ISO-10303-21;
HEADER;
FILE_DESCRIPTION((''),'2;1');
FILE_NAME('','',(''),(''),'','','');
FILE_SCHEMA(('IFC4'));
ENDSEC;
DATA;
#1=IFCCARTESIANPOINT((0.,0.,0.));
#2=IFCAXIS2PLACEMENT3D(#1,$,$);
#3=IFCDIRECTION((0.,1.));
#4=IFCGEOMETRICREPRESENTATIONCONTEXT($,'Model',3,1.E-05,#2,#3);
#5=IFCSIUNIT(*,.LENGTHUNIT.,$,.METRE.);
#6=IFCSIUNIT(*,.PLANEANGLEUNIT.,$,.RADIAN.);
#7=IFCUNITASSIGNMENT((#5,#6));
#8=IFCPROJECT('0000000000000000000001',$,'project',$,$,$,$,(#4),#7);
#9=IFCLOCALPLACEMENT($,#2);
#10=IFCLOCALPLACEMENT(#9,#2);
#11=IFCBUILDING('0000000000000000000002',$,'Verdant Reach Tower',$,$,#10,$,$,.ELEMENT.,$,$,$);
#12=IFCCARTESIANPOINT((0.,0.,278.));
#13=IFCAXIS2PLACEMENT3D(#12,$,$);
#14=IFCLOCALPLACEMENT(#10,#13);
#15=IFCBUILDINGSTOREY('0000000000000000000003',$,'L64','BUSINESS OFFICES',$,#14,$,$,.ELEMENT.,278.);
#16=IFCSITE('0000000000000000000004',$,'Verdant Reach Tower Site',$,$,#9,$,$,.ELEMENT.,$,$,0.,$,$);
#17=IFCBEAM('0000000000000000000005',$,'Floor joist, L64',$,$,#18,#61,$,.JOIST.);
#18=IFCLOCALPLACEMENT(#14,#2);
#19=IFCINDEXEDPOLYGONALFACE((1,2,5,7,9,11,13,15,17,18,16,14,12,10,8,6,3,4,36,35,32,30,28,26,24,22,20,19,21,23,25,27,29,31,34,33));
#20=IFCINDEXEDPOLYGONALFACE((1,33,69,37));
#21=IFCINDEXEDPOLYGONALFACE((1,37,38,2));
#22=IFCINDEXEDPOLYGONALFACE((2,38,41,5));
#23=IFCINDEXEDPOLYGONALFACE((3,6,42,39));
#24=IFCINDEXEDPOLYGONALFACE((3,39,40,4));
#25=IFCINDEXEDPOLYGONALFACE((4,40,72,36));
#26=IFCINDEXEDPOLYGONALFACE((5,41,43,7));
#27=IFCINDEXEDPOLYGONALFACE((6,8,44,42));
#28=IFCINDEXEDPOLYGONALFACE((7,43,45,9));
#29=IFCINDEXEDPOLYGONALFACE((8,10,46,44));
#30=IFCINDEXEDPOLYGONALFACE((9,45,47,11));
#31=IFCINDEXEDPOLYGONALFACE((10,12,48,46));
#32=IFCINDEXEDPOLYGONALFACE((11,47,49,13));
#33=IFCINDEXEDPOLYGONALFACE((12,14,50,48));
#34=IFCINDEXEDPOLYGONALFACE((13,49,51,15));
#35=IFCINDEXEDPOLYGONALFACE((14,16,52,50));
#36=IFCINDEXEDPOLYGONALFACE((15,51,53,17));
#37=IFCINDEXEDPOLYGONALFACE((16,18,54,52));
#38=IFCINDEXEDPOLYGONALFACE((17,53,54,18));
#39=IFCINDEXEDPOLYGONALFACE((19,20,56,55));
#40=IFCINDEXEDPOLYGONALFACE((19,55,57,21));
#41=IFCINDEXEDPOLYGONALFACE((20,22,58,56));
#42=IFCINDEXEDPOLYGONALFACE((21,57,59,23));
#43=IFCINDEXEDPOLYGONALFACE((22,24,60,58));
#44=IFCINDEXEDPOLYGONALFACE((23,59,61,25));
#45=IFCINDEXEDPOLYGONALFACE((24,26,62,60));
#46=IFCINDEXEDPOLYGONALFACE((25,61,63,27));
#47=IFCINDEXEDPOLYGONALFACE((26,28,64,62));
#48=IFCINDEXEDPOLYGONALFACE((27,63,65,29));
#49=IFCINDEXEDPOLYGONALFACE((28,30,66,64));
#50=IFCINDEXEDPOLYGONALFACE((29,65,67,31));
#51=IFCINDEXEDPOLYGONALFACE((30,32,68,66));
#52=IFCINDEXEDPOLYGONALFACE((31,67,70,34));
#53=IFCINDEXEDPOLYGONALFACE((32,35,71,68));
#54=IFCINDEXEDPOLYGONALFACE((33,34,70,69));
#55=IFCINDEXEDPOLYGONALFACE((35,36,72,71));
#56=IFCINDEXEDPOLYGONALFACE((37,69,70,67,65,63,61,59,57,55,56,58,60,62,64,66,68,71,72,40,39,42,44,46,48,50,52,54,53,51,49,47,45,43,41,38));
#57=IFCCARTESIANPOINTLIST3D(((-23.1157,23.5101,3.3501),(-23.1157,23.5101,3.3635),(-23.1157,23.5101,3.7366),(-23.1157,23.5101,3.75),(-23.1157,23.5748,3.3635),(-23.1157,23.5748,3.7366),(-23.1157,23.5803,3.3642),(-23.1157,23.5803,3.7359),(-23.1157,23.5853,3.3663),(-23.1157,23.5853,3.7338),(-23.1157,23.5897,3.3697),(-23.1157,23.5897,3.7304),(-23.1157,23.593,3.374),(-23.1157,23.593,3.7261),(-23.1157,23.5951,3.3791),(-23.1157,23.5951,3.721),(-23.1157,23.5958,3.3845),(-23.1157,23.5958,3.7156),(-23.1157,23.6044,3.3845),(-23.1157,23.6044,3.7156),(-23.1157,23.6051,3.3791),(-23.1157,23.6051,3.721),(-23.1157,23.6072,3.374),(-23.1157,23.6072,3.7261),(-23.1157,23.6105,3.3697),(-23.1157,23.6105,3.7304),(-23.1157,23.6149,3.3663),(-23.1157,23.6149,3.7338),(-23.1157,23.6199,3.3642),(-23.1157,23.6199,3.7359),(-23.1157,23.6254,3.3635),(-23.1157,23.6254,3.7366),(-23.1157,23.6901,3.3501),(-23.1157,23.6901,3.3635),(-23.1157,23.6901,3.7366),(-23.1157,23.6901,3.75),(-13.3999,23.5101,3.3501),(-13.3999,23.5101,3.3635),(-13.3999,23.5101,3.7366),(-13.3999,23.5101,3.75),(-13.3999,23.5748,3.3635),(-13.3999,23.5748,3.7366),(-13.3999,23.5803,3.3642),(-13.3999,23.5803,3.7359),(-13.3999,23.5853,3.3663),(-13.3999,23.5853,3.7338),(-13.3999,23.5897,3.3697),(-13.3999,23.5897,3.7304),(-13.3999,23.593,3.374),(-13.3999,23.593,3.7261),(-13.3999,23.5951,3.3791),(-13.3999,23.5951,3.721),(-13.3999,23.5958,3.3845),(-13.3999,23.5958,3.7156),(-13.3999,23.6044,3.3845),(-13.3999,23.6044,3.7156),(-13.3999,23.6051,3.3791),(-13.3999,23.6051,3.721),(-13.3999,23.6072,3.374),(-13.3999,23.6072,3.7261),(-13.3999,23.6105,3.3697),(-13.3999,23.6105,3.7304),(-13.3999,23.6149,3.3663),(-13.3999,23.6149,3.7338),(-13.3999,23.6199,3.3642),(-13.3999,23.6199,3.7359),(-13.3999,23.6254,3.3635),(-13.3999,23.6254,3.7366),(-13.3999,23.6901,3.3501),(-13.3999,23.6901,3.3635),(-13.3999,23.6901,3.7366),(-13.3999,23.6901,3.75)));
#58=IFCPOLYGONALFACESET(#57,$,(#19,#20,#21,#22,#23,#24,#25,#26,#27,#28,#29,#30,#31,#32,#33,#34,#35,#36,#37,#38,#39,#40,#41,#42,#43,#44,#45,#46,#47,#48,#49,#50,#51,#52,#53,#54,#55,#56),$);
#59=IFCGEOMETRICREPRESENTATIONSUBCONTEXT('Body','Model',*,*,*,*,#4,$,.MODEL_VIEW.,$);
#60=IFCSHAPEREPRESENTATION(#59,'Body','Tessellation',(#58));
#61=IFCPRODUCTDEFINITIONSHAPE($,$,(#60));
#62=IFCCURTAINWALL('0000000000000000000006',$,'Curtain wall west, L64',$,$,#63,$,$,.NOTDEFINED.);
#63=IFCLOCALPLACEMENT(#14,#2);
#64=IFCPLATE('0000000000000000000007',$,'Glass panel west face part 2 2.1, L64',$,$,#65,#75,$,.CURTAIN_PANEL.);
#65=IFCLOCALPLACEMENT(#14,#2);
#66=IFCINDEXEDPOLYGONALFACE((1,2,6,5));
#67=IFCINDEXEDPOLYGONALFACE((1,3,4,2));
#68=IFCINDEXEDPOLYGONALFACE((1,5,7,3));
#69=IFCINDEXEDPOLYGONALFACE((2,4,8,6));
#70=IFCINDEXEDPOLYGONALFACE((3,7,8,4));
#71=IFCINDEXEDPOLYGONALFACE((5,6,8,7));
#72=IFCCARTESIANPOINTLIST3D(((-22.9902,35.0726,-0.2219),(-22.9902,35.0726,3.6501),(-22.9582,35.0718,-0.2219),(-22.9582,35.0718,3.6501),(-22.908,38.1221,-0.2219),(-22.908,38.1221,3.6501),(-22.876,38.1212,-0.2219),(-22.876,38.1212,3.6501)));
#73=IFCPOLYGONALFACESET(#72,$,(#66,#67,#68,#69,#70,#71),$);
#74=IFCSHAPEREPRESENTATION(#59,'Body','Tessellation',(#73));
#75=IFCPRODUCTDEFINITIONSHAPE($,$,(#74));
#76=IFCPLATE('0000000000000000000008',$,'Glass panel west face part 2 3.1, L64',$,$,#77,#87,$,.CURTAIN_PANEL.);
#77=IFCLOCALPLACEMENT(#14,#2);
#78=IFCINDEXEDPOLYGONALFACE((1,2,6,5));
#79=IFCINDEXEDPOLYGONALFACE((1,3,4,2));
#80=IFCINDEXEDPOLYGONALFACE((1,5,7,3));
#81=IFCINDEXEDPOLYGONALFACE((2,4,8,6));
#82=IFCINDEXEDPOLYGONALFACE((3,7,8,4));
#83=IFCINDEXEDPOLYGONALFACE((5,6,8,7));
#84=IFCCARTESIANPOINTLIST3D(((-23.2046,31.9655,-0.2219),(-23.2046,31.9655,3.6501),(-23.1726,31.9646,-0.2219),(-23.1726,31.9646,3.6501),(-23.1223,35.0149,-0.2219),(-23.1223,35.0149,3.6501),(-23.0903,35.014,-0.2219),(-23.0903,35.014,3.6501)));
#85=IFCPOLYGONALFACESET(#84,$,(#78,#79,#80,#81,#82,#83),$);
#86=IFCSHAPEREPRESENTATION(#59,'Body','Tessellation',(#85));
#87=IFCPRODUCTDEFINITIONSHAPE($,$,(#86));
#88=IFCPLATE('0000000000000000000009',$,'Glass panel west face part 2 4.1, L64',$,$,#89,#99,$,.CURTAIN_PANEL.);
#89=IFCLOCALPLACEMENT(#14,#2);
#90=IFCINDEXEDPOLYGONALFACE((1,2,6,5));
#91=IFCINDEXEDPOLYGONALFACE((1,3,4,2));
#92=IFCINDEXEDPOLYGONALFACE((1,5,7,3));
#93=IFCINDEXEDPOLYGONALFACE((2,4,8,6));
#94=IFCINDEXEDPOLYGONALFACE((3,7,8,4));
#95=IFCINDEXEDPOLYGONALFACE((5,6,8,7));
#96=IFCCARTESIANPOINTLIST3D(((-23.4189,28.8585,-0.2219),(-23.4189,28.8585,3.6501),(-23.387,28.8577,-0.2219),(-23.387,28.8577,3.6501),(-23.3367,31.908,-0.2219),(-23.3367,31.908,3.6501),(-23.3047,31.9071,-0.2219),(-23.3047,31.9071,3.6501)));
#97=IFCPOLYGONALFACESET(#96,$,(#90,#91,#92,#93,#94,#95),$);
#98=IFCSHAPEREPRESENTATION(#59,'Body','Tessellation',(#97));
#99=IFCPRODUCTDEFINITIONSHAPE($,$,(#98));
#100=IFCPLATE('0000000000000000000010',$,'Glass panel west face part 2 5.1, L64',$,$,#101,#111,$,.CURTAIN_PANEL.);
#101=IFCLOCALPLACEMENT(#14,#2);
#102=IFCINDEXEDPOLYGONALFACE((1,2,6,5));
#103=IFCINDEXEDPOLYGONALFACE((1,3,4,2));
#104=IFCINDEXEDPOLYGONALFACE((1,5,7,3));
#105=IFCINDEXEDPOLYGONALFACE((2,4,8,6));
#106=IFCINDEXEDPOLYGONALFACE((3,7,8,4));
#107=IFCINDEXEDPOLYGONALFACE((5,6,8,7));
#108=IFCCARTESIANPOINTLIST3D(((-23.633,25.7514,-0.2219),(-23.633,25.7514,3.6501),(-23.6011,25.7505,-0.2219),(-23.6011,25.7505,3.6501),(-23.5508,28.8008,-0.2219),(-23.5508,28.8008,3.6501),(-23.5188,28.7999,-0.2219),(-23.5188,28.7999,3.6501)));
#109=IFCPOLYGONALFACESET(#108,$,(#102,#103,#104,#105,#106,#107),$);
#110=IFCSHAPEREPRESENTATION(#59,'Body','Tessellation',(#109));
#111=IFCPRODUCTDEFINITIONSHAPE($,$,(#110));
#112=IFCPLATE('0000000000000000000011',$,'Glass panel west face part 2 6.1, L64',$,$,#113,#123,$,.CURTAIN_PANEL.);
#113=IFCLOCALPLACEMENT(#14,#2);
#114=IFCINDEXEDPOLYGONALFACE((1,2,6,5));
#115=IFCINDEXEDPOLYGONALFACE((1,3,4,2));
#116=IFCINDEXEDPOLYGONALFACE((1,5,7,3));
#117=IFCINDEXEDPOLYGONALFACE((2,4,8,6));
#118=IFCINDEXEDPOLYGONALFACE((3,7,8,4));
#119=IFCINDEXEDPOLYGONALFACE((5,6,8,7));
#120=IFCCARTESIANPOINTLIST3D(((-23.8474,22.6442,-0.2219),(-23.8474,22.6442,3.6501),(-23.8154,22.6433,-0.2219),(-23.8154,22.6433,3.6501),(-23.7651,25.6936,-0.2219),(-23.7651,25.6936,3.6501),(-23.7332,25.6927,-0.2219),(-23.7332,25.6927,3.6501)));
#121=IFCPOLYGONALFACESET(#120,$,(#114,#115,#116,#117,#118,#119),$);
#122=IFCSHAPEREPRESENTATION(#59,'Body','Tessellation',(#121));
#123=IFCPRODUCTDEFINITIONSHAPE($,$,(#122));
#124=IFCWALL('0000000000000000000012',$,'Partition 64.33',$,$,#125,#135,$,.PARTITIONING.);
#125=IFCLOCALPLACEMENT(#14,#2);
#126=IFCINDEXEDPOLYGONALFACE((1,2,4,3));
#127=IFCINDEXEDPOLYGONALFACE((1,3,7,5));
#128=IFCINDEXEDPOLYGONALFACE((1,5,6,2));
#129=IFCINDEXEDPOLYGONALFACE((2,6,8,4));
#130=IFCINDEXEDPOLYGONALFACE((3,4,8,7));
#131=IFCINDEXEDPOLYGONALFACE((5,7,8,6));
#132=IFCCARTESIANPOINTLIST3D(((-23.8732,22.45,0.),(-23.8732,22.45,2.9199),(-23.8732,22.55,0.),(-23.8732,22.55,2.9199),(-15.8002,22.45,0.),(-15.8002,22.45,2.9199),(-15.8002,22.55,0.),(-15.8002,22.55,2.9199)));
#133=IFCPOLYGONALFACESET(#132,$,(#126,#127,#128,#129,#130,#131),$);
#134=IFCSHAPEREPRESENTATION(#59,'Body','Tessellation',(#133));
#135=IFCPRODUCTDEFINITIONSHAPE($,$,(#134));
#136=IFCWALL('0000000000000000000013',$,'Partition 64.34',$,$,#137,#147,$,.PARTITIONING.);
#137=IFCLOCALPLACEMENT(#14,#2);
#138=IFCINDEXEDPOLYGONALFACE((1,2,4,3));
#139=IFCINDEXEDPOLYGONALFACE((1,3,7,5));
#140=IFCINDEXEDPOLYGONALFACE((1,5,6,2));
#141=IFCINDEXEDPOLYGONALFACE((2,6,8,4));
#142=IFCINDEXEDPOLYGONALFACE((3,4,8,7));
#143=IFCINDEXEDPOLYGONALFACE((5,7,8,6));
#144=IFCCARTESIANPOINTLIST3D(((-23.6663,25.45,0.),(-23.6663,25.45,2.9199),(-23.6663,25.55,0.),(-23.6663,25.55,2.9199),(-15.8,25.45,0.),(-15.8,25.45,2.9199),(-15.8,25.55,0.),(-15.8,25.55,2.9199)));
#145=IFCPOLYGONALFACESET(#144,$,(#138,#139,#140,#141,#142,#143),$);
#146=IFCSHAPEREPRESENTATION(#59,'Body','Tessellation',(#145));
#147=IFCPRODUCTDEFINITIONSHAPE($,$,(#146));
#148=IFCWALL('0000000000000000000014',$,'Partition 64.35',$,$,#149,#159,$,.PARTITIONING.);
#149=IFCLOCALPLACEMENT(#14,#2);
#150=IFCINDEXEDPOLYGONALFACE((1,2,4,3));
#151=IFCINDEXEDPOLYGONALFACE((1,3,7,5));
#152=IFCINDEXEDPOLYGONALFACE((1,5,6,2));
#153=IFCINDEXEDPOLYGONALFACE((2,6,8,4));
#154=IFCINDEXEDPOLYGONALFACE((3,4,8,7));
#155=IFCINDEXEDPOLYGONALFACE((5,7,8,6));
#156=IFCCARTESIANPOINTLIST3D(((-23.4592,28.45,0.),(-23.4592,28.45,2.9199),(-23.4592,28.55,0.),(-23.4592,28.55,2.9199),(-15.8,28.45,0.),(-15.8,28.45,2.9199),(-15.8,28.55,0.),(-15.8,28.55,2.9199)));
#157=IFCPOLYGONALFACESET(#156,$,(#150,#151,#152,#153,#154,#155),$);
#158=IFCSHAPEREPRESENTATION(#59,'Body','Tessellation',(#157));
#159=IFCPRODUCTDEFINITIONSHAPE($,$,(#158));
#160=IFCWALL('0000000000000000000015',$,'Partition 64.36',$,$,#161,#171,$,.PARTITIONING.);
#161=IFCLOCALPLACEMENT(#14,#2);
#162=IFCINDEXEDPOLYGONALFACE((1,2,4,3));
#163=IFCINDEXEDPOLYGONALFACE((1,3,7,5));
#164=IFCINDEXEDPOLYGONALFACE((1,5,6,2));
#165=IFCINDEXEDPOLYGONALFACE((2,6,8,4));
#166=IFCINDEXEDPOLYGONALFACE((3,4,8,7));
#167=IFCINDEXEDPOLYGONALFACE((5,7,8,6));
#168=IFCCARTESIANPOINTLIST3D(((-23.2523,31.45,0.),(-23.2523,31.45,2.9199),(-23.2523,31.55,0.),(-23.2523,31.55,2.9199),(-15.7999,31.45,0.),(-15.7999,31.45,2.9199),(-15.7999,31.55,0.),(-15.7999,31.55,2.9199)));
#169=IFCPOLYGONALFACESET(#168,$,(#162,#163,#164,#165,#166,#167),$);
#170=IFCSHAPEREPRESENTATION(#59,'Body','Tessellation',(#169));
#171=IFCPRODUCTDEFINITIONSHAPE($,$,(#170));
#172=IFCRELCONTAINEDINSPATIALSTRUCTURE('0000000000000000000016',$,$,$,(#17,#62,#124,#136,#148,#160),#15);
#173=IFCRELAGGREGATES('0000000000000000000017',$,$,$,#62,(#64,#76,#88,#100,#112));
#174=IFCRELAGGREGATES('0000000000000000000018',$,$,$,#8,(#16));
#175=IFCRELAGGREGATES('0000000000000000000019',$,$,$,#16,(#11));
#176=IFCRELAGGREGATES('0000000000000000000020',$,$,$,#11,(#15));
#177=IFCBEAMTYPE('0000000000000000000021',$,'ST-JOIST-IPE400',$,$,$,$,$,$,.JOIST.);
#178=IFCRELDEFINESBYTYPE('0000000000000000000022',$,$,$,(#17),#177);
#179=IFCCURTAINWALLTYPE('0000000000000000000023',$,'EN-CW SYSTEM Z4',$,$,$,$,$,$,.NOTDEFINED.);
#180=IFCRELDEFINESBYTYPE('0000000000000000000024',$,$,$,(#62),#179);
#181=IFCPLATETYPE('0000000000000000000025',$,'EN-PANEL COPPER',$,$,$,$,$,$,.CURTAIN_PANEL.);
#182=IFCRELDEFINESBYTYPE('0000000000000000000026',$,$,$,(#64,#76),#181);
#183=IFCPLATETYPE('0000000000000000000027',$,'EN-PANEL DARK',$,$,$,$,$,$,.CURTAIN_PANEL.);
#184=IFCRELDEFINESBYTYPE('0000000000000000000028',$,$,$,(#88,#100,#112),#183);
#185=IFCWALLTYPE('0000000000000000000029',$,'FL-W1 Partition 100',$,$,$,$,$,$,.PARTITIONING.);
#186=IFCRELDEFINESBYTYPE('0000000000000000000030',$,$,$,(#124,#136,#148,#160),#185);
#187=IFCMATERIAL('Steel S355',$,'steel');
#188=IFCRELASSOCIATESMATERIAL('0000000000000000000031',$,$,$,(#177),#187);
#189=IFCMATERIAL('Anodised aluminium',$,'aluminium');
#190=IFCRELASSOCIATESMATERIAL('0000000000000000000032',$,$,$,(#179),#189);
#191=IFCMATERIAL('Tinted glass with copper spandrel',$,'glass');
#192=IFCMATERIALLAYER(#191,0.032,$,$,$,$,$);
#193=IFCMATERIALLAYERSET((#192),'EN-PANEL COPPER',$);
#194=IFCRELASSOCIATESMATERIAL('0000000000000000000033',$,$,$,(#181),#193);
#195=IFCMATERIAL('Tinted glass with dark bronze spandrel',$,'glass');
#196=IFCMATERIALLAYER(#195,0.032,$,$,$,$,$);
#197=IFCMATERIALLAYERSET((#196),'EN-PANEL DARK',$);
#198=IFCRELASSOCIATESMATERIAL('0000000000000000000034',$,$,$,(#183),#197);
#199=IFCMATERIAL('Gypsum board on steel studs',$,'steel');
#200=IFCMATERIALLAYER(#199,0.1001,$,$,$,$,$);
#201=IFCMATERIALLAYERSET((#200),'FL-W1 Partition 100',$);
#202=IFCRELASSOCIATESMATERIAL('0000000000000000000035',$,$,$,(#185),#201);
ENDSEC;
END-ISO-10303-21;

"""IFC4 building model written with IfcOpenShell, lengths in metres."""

from ifc_helpers import new_model, si_unit, direction, frame, frame_2d, origin, origin_2d, place, context, subcontext, project, spatial, rectangle, i_section, extrude, material, layer, layer_set, material_profile, profile_set, type_object, element, aggregate, save


model = new_model("IFC4")

# Units and contexts
model_context = context("Model", 3, precision=1e-05, world=origin(), true_north=direction((0.0, 1.0)))
body_context = subcontext(model_context, "Body", "Model", "MODEL_VIEW")
ifc_project = project(units=[si_unit("LENGTHUNIT", "METRE"), si_unit("PLANEANGLEUNIT", "RADIAN")], contexts=[model_context])

# Site, building, storey
site_placement = place(None, origin())
site = spatial("IfcSite", under=ifc_project, at=site_placement, Name="Verdant Reach Tower Site", CompositionType="ELEMENT", RefElevation=0.0)
building_placement = place(site_placement, origin())
building = spatial("IfcBuilding", under=site, at=building_placement, Name="Verdant Reach Tower", CompositionType="ELEMENT")
storey_placement = place(building_placement, frame((0.0, 0.0, 278.0)))
storey = spatial("IfcBuildingStorey", under=building, at=storey_placement, Name="L64", Description="BUSINESS OFFICES", CompositionType="ELEMENT", Elevation=278.0)

# Beam
ifc_material_1 = material(Name="Steel S355", Category="steel")
ifc_material_profile_1 = material_profile(ifc_material_1, i_section(OverallWidth=0.1799, OverallDepth=0.3999, WebThickness=0.0085, FlangeThickness=0.0134, FilletRadius=0.021, at=origin_2d()), Name="IPE 400")
ifc_profile_set_1 = profile_set([ifc_material_profile_1], Name="Steel S355")
beam_type_1 = type_object("IfcBeamType", Name="ST-JOIST-IPE400", PredefinedType="JOIST", material=ifc_profile_set_1)
beam_1_placement = place(storey_placement, frame((-13.3999, 23.6001, 3.55), z_axis=(-1.0, 0.0, 0.0), x_axis=(0.0, -1.0, 0.0)))
element("IfcBeam", 1, at=beam_1_placement, inside=storey, type_object=beam_type_1, Name="Floor joist, L64", PredefinedType="JOIST", context=body_context, shape_type="SweptSolid", body=[
    extrude(i_section(OverallWidth=0.1799, OverallDepth=0.3999, WebThickness=0.0085, FlangeThickness=0.0134, FilletRadius=0.021, at=origin_2d()), origin(), (0.0, 0.0, 1.0), 9.7158),
])

# Curtain wall, plates
ifc_material_2 = material(Name="Anodised aluminium", Category="aluminium")
curtain_wall_type = type_object("IfcCurtainWallType", Name="EN-CW SYSTEM Z4", PredefinedType="NOTDEFINED", material=ifc_material_2)
curtain_wall_placement = place(storey_placement, origin())
curtain_wall = element("IfcCurtainWall", 2, at=curtain_wall_placement, inside=storey, type_object=curtain_wall_type, Name="Curtain wall west, L64", PredefinedType="NOTDEFINED")
ifc_material_3 = material(Name="Tinted glass with copper spandrel", Category="glass")
ifc_layer_1 = layer(ifc_material_3, 0.032)
ifc_layer_set_1 = layer_set([ifc_layer_1], Name="EN-PANEL COPPER")
plate_type_1 = type_object("IfcPlateType", Name="EN-PANEL COPPER", PredefinedType="CURTAIN_PANEL", material=ifc_layer_set_1)
plate_1_placement = place(storey_placement, frame((-22.9331, 36.5969, -0.2219), z_axis=(0.0, 0.0, 1.0), x_axis=(-0.026965, -0.999636, 0.0)))
plate_1 = element("IfcPlate", 3, at=plate_1_placement, type_object=plate_type_1, Name="Glass panel west face part 2 2.1, L64", PredefinedType="CURTAIN_PANEL", context=body_context, shape_type="SweptSolid", body=[
    extrude(rectangle(XDim=3.0505, YDim=0.032, at=origin_2d()), origin(), (0.0, 0.0, 1.0), 3.8721),
])
plate_2_placement = place(storey_placement, frame((-23.1475, 33.4897, -0.2219), z_axis=(0.0, 0.0, 1.0), x_axis=(-0.026965, -0.999636, 0.0)))
plate_2 = element("IfcPlate", 4, at=plate_2_placement, type_object=plate_type_1, Name="Glass panel west face part 2 3.1, L64", PredefinedType="CURTAIN_PANEL", context=body_context, shape_type="SweptSolid", body=[
    extrude(rectangle(XDim=3.0505, YDim=0.032, at=origin_2d()), origin(), (0.0, 0.0, 1.0), 3.8721),
])
ifc_material_4 = material(Name="Tinted glass with dark bronze spandrel", Category="glass")
ifc_layer_2 = layer(ifc_material_4, 0.032)
ifc_layer_set_2 = layer_set([ifc_layer_2], Name="EN-PANEL DARK")
plate_type_2 = type_object("IfcPlateType", Name="EN-PANEL DARK", PredefinedType="CURTAIN_PANEL", material=ifc_layer_set_2)
plate_3_placement = place(storey_placement, frame((-23.3618, 30.3828, -0.2219), z_axis=(0.0, 0.0, 1.0), x_axis=(-0.026965, -0.999636, 0.0)))
plate_3 = element("IfcPlate", 5, at=plate_3_placement, type_object=plate_type_2, Name="Glass panel west face part 2 4.1, L64", PredefinedType="CURTAIN_PANEL", context=body_context, shape_type="SweptSolid", body=[
    extrude(rectangle(XDim=3.0505, YDim=0.032, at=origin_2d()), origin(), (0.0, 0.0, 1.0), 3.8721),
])
plate_4_placement = place(storey_placement, frame((-23.5759, 27.2756, -0.2219), z_axis=(0.0, 0.0, 1.0), x_axis=(-0.026965, -0.999636, 0.0)))
plate_4 = element("IfcPlate", 6, at=plate_4_placement, type_object=plate_type_2, Name="Glass panel west face part 2 5.1, L64", PredefinedType="CURTAIN_PANEL", context=body_context, shape_type="SweptSolid", body=[
    extrude(rectangle(XDim=3.0505, YDim=0.032, at=origin_2d()), origin(), (0.0, 0.0, 1.0), 3.8721),
])
plate_5_placement = place(storey_placement, frame((-23.7903, 24.1685, -0.2219), z_axis=(0.0, 0.0, 1.0), x_axis=(-0.026965, -0.999636, 0.0)))
plate_5 = element("IfcPlate", 7, at=plate_5_placement, type_object=plate_type_2, Name="Glass panel west face part 2 6.1, L64", PredefinedType="CURTAIN_PANEL", context=body_context, shape_type="SweptSolid", body=[
    extrude(rectangle(XDim=3.0505, YDim=0.032, at=origin_2d()), origin(), (0.0, 0.0, 1.0), 3.8721),
])
aggregate(curtain_wall, [plate_1, plate_2, plate_3, plate_4, plate_5])

# Walls
ifc_material_5 = material(Name="Gypsum board on steel studs", Category="steel")
ifc_layer_3 = layer(ifc_material_5, 0.1001)
ifc_layer_set_3 = layer_set([ifc_layer_3], Name="FL-W1 Partition 100")
wall_type_1 = type_object("IfcWallType", Name="FL-W1 Partition 100", PredefinedType="PARTITIONING", material=ifc_layer_set_3)
wall_1_placement = place(storey_placement, frame((-15.8, 22.5, 0.0), z_axis=(0.0, 0.0, 1.0), x_axis=(-1.0, 0.0, 0.0)))
element("IfcWall", 8, at=wall_1_placement, inside=storey, type_object=wall_type_1, Name="Partition 64.33", PredefinedType="PARTITIONING", context=body_context, shape_type="SweptSolid", body=[
    extrude(rectangle(XDim=8.073, YDim=0.1001, at=frame_2d((4.0366, 0.0))), origin(), (0.0, 0.0, 1.0), 2.9199),
])
wall_2_placement = place(storey_placement, frame((-15.8, 25.5, 0.0), z_axis=(0.0, 0.0, 1.0), x_axis=(-1.0, 0.0, 0.0)))
element("IfcWall", 9, at=wall_2_placement, inside=storey, type_object=wall_type_1, Name="Partition 64.34", PredefinedType="PARTITIONING", context=body_context, shape_type="SweptSolid", body=[
    extrude(rectangle(XDim=7.8662, YDim=0.1001, at=frame_2d((3.9331, 0.0))), origin(), (0.0, 0.0, 1.0), 2.9199),
])
wall_3_placement = place(storey_placement, frame((-15.8, 28.5, 0.0), z_axis=(0.0, 0.0, 1.0), x_axis=(-1.0, 0.0, 0.0)))
element("IfcWall", 10, at=wall_3_placement, inside=storey, type_object=wall_type_1, Name="Partition 64.35", PredefinedType="PARTITIONING", context=body_context, shape_type="SweptSolid", body=[
    extrude(rectangle(XDim=7.6592, YDim=0.1001, at=frame_2d((3.8296, 0.0))), origin(), (0.0, 0.0, 1.0), 2.9199),
])
wall_4_placement = place(storey_placement, frame((-15.8, 31.5, 0.0), z_axis=(0.0, 0.0, 1.0), x_axis=(-1.0, 0.0, 0.0)))
element("IfcWall", 11, at=wall_4_placement, inside=storey, type_object=wall_type_1, Name="Partition 64.36", PredefinedType="PARTITIONING", context=body_context, shape_type="SweptSolid", body=[
    extrude(rectangle(XDim=7.4524, YDim=0.1001, at=frame_2d((3.7261, 0.0))), origin(), (0.0, 0.0, 1.0), 2.9199),
])

save(model, "model.ifc")
